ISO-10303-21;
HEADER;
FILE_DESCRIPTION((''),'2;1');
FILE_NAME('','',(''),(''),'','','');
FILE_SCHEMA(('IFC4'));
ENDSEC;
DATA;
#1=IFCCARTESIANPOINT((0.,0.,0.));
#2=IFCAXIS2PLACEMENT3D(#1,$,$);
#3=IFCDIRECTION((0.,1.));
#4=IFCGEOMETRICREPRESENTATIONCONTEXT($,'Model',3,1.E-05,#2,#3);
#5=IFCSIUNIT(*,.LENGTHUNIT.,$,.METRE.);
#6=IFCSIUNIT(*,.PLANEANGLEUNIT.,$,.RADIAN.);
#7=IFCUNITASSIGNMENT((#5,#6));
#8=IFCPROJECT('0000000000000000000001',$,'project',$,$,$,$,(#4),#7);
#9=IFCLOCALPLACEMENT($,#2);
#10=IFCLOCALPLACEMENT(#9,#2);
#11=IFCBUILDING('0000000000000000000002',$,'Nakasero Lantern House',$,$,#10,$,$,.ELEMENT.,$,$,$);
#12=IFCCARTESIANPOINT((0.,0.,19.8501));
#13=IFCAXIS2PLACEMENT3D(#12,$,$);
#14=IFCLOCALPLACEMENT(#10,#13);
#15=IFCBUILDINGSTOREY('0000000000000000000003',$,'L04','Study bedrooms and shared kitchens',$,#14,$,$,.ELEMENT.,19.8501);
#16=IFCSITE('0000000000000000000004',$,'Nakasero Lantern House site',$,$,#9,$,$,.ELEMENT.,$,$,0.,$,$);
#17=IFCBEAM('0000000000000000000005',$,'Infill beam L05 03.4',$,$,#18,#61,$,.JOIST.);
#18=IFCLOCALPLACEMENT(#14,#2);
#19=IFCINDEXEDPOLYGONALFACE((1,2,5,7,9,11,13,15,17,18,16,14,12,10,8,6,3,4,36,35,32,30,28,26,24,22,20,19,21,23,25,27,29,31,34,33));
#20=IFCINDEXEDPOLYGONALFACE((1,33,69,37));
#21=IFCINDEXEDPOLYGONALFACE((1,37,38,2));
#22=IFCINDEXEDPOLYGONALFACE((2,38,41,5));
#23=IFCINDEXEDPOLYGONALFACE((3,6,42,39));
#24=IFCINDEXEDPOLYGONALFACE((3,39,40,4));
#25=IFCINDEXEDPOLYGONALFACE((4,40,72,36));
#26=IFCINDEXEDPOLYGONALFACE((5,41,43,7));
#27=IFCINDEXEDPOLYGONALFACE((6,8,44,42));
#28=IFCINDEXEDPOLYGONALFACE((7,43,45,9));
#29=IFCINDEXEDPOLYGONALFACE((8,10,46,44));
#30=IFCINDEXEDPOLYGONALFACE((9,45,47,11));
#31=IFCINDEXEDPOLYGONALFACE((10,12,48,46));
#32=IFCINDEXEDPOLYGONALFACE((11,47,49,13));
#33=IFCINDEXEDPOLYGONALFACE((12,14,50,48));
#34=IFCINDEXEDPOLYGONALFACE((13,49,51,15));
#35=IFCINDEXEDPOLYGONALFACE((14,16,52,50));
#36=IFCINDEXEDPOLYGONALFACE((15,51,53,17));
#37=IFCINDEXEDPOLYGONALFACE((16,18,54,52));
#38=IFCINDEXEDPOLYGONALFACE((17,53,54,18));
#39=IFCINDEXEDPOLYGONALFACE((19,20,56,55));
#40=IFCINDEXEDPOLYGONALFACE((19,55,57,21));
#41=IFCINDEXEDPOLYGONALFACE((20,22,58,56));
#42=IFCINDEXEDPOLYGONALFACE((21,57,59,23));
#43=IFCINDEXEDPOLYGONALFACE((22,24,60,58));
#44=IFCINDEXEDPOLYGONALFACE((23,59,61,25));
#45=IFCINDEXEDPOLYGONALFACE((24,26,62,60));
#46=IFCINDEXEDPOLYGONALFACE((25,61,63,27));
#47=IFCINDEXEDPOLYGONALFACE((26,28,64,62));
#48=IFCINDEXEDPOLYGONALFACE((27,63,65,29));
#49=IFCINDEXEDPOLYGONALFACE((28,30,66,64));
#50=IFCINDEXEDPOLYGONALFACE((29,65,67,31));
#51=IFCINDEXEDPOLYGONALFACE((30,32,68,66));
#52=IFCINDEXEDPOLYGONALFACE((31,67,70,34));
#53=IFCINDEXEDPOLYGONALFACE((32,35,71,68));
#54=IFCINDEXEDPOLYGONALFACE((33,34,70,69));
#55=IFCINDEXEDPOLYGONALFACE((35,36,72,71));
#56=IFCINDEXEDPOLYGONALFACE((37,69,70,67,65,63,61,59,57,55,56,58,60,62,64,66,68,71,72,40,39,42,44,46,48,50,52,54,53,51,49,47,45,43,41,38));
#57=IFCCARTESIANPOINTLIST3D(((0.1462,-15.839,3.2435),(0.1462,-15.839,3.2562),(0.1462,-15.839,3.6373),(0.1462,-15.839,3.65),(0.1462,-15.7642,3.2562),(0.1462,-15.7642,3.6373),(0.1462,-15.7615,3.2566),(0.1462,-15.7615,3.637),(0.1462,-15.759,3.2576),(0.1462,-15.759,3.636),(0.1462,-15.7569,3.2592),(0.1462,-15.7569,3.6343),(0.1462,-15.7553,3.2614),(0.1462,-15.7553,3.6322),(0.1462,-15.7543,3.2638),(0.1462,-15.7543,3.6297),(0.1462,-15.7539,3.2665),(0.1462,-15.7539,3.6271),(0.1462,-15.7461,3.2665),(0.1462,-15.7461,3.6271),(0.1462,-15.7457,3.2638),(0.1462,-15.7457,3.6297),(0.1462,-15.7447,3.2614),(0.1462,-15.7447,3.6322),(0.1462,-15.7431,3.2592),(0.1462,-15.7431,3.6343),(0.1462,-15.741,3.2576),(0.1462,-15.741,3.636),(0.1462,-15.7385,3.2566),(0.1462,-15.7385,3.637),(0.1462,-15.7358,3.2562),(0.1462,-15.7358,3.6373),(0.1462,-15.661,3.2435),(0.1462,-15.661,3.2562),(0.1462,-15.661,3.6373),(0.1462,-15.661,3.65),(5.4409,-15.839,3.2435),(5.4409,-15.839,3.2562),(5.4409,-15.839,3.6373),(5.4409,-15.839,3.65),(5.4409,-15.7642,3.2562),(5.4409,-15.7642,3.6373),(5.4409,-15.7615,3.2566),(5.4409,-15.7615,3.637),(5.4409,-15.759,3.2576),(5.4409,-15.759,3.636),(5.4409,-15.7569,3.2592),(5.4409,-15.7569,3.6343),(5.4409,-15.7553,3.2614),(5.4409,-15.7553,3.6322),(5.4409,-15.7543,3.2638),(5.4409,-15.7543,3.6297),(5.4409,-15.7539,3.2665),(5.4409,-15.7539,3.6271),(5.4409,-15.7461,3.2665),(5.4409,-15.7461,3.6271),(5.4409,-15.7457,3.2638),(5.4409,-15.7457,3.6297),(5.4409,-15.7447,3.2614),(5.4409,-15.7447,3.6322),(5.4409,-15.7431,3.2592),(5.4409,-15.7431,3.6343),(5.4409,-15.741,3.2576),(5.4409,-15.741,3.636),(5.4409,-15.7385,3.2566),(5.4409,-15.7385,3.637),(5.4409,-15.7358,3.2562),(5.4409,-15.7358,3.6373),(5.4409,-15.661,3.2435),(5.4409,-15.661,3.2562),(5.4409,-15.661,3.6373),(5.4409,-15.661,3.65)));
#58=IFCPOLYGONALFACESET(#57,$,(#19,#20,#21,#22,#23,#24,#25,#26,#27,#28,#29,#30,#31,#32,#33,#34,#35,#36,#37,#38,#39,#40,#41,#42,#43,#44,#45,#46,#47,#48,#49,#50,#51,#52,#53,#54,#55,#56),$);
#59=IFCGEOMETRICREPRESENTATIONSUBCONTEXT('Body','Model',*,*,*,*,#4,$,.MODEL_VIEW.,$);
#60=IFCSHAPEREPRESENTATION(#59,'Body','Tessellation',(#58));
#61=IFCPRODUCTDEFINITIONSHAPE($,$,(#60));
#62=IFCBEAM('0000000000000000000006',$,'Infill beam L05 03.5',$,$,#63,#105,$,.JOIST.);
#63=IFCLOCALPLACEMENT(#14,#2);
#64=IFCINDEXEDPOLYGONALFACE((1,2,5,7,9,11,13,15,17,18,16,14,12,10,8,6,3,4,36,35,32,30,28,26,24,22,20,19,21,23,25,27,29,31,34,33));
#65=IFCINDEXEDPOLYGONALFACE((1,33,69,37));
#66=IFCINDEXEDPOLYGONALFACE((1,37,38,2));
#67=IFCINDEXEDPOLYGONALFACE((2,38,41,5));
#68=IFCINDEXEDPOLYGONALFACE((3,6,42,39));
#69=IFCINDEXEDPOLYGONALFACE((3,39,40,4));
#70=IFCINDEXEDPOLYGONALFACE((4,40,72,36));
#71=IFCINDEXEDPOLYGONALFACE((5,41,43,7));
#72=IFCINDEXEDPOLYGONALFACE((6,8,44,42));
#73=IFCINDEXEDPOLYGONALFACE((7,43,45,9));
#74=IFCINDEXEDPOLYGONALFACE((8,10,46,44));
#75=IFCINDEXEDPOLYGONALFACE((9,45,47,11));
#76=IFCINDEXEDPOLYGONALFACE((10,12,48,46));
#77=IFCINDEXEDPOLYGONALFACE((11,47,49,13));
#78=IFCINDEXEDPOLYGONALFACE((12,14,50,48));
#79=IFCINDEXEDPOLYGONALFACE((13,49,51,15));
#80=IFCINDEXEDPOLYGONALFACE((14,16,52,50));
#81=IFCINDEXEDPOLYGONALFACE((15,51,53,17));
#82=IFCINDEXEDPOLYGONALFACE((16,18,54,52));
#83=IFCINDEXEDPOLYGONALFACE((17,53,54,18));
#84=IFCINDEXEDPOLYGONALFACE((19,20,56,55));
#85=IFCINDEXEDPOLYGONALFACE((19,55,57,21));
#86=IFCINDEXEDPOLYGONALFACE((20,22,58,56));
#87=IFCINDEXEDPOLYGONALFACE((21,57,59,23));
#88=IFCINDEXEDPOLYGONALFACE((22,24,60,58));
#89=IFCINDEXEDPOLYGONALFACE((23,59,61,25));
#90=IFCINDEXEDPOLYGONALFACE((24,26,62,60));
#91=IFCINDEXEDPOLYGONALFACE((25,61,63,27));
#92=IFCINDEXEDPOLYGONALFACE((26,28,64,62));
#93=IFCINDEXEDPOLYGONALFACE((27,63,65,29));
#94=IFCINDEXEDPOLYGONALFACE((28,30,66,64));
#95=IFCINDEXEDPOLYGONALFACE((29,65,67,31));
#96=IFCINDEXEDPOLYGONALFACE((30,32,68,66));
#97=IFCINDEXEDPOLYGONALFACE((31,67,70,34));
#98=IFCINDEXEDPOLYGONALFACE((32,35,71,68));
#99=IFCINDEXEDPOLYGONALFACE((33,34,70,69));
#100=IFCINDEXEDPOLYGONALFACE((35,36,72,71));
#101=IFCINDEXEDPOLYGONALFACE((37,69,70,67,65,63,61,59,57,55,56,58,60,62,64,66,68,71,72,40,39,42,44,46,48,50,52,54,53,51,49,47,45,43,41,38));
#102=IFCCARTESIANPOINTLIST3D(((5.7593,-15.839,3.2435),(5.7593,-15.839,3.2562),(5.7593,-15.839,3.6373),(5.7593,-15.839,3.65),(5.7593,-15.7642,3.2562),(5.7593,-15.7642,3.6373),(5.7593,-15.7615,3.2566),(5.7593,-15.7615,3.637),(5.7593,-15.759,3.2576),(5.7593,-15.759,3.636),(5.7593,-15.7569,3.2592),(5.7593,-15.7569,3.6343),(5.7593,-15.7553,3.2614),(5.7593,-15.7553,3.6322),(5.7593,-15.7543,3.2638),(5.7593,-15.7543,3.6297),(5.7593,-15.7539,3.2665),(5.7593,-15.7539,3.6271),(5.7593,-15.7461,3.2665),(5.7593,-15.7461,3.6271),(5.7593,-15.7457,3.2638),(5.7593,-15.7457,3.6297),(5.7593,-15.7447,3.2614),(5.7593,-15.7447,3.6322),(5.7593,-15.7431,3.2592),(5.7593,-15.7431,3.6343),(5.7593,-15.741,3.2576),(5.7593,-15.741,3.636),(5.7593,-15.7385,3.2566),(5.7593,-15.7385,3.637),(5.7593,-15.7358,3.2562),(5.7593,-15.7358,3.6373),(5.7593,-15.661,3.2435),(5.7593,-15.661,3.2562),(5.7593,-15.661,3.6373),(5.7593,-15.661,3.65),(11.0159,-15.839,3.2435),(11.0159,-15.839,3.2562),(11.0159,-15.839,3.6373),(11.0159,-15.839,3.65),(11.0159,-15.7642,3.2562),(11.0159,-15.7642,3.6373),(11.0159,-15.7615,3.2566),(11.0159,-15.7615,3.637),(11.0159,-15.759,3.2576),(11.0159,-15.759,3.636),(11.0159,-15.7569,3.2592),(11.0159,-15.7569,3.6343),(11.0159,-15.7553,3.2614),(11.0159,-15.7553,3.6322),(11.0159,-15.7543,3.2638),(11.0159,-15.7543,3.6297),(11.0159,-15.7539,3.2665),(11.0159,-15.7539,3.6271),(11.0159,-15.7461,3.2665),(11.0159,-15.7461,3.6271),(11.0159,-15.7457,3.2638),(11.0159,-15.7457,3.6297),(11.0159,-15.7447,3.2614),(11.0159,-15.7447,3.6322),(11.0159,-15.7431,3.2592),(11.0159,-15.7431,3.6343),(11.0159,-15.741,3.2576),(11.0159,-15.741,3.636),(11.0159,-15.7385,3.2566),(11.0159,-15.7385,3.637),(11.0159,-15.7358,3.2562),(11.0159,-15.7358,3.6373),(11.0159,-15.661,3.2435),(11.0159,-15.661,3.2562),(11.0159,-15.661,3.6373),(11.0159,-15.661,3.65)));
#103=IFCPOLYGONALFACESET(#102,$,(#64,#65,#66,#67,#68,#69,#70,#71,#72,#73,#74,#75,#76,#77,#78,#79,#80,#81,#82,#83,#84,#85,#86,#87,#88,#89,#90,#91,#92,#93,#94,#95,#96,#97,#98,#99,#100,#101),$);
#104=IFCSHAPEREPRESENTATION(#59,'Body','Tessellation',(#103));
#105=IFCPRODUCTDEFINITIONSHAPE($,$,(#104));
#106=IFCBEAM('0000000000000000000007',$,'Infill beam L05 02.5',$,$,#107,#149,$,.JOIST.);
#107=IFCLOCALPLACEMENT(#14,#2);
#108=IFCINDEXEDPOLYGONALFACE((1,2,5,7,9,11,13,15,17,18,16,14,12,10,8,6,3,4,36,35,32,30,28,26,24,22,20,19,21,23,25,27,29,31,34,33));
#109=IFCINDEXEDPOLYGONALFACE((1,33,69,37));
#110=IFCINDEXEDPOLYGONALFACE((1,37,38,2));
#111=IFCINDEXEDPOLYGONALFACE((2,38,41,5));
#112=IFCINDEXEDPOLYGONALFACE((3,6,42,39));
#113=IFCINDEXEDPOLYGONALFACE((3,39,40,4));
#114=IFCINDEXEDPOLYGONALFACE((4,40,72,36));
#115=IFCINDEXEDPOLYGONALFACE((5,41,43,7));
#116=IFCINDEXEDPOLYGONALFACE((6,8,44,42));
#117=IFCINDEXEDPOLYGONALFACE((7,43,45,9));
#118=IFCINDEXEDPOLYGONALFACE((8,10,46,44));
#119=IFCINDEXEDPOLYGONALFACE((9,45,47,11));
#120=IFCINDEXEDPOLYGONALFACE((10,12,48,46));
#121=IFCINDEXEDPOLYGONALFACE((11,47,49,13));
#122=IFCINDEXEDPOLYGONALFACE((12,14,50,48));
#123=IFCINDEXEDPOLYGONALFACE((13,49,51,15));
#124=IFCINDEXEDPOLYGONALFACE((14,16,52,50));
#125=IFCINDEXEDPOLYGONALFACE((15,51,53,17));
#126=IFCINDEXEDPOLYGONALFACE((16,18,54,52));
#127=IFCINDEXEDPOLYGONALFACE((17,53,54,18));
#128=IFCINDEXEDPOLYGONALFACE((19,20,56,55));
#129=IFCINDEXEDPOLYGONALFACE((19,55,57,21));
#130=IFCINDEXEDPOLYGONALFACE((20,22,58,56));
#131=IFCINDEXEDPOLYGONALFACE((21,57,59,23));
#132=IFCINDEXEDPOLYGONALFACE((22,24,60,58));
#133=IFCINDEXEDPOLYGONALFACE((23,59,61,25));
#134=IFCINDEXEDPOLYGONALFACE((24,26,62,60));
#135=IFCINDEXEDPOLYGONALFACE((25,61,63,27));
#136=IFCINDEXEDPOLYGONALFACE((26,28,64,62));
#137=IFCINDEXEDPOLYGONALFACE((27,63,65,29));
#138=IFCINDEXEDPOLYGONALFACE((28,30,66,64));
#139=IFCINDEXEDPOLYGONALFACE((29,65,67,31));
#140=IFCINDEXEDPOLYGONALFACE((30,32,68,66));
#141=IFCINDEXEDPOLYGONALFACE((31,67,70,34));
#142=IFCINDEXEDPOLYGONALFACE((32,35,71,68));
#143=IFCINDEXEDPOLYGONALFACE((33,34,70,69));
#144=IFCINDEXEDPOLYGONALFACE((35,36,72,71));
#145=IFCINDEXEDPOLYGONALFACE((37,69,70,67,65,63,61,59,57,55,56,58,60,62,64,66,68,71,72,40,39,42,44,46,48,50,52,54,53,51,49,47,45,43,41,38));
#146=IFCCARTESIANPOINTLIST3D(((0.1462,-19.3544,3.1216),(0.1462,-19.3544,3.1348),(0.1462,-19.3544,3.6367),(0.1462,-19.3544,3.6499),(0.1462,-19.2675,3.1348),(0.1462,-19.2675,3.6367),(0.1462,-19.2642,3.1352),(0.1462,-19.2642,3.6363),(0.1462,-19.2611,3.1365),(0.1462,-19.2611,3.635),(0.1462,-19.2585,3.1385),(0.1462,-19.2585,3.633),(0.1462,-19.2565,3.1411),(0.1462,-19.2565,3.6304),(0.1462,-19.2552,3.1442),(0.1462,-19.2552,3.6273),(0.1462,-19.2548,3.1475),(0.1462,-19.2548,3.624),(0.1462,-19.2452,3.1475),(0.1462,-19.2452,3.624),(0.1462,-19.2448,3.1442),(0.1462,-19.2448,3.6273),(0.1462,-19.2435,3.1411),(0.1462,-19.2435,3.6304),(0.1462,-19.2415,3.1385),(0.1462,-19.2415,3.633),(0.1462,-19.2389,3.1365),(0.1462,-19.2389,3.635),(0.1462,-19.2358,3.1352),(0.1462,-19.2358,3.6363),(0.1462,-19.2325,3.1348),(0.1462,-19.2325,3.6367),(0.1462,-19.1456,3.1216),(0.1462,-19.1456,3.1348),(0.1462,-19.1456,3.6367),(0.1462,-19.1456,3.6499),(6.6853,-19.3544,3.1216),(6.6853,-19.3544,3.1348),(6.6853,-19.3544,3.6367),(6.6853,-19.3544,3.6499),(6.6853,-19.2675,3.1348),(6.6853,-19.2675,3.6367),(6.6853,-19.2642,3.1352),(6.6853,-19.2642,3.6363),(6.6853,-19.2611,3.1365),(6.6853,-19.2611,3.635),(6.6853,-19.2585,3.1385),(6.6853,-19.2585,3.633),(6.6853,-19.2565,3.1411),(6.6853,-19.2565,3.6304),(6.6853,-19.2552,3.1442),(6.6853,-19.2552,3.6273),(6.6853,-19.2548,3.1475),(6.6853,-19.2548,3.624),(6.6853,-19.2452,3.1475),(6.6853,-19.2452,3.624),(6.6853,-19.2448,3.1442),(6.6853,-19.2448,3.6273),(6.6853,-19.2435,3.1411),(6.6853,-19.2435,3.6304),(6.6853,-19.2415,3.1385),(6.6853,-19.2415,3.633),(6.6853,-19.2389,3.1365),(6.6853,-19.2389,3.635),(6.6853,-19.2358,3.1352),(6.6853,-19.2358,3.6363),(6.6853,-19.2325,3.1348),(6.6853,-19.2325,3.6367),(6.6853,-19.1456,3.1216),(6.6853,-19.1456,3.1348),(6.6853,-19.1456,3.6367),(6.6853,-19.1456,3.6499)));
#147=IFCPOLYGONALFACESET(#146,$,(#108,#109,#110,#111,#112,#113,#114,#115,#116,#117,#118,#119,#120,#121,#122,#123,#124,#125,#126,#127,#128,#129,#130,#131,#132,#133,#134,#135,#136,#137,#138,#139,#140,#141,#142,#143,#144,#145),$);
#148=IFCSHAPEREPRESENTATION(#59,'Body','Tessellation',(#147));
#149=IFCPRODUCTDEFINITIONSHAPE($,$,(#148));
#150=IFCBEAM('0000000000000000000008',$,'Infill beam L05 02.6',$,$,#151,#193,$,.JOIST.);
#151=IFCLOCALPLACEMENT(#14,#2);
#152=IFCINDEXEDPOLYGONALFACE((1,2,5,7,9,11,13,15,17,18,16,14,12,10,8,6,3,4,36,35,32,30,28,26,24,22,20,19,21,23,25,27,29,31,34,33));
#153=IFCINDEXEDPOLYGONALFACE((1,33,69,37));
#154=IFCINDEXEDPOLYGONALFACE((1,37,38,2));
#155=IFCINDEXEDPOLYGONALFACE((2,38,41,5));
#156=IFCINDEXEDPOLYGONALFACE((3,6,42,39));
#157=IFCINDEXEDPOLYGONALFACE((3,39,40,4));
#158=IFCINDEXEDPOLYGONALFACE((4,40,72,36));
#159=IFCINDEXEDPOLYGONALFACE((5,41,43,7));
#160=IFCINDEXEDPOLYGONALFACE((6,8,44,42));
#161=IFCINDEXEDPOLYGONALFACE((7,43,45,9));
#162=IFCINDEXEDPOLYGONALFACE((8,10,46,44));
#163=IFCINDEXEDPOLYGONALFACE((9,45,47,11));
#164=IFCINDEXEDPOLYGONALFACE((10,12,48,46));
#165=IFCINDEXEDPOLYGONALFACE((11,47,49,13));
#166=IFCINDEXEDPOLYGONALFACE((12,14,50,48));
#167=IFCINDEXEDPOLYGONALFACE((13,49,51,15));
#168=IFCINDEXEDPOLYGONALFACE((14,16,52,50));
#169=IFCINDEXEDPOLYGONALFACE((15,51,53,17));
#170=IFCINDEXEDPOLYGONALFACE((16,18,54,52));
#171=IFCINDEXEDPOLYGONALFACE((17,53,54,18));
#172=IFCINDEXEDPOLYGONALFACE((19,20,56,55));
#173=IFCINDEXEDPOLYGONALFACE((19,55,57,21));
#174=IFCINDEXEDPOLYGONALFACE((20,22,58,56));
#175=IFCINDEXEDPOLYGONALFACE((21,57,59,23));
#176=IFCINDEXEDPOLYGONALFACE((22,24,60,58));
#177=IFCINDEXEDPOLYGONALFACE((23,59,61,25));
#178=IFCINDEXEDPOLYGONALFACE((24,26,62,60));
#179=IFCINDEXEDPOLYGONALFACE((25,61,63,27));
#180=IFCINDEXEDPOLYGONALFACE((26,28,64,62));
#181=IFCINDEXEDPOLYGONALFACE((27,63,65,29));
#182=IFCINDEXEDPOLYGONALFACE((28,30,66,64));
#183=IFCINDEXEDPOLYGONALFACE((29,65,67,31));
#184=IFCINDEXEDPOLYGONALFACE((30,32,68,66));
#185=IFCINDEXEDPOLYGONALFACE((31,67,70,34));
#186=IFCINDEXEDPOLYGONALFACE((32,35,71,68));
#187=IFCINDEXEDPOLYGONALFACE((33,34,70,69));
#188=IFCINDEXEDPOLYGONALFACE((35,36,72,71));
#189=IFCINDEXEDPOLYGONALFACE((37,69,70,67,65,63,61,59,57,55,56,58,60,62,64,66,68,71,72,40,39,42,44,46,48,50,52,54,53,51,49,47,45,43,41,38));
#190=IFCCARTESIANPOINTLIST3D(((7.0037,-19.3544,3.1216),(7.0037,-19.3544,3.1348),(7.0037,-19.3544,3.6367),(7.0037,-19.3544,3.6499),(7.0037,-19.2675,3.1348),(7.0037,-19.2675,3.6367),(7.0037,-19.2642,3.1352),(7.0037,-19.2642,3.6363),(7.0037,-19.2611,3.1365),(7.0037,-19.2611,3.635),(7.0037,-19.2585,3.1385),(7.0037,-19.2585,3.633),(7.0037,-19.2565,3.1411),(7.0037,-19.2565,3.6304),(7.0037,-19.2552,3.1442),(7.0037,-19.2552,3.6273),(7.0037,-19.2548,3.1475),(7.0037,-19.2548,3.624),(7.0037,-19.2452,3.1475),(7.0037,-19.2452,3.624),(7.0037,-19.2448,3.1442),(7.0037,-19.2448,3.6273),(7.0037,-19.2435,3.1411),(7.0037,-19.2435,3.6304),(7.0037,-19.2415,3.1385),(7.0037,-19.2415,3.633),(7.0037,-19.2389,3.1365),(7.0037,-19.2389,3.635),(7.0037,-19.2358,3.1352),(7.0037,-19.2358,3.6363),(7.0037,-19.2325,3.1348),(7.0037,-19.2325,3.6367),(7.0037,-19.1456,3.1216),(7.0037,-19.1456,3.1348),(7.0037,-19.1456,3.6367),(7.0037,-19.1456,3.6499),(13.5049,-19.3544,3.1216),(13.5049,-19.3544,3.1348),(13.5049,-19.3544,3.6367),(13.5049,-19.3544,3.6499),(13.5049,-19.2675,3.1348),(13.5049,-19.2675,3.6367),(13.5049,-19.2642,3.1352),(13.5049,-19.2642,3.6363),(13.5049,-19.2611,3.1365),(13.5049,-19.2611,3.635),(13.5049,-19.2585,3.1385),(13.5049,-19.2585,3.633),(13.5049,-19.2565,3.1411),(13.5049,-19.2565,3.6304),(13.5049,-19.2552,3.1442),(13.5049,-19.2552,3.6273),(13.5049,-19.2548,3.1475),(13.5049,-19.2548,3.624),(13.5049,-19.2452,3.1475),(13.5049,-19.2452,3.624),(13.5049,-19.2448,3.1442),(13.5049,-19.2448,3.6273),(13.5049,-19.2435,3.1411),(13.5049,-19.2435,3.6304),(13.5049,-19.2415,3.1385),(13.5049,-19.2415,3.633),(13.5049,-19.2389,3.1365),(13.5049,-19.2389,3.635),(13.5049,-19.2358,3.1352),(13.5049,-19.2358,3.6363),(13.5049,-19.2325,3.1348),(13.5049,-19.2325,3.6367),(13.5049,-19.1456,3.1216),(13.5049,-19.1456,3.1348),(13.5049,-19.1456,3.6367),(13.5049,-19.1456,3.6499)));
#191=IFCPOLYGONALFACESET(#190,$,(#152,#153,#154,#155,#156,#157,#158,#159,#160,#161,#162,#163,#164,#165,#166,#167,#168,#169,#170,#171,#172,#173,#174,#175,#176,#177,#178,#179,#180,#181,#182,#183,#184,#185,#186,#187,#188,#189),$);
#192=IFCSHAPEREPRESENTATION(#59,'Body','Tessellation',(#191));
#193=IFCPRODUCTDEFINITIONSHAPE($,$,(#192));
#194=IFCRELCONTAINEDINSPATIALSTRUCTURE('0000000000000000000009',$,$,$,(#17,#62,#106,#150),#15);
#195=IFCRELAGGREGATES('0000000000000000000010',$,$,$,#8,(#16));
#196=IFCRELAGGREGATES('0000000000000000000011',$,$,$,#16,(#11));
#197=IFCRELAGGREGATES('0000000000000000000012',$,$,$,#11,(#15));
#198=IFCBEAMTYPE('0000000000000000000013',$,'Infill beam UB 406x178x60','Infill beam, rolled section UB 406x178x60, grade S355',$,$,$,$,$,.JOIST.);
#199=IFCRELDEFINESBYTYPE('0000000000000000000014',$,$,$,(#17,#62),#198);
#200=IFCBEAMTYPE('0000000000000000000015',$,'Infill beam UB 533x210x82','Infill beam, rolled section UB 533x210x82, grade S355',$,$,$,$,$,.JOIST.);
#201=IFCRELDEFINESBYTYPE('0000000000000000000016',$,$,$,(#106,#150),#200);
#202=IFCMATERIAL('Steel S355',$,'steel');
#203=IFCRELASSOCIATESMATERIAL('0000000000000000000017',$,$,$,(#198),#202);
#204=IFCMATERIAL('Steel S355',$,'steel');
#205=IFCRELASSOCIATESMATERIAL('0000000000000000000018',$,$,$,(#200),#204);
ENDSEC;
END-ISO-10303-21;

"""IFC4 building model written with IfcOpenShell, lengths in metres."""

from ifc_helpers import new_model, si_unit, direction, frame, origin, origin_2d, place, context, subcontext, project, spatial, i_section, extrude, material, material_profile, profile_set, type_object, element, save


model = new_model("IFC4")

# Units and contexts
model_context = context("Model", 3, precision=1e-05, world=origin(), true_north=direction((0.0, 1.0)))
body_context = subcontext(model_context, "Body", "Model", "MODEL_VIEW")
ifc_project = project(units=[si_unit("LENGTHUNIT", "METRE"), si_unit("PLANEANGLEUNIT", "RADIAN")], contexts=[model_context])

# Site, building, storey
site_placement = place(None, origin())
site = spatial("IfcSite", under=ifc_project, at=site_placement, Name="Nakasero Lantern House site", CompositionType="ELEMENT", RefElevation=0.0)
building_placement = place(site_placement, origin())
building = spatial("IfcBuilding", under=site, at=building_placement, Name="Nakasero Lantern House", CompositionType="ELEMENT")
storey_placement = place(building_placement, frame((0.0, 0.0, 19.8501)))
storey = spatial("IfcBuildingStorey", under=building, at=storey_placement, Name="L04", Description="Study bedrooms and shared kitchens", CompositionType="ELEMENT", Elevation=19.8501)

# Beams
ifc_material_1 = material(Name="Steel S355", Category="steel")
ifc_material_profile_1 = material_profile(ifc_material_1, i_section(OverallWidth=0.178, OverallDepth=0.4065, WebThickness=0.0078, FlangeThickness=0.0127, FilletRadius=0.0103, at=origin_2d()), Name="UB 406x178x60")
ifc_profile_set_1 = profile_set([ifc_material_profile_1], Name="Steel S355")
beam_type_1 = type_object("IfcBeamType", Name="Infill beam UB 406x178x60", Description="Infill beam, rolled section UB 406x178x60, grade S355", PredefinedType="JOIST", material=ifc_profile_set_1)
beam_1_placement = place(storey_placement, frame((0.1462, -15.75, 3.4468), z_axis=(1.0, 0.0, 0.0), x_axis=(0.0, 1.0, 0.0)))
element("IfcBeam", 1, at=beam_1_placement, inside=storey, type_object=beam_type_1, Name="Infill beam L05 03.4", PredefinedType="JOIST", context=body_context, shape_type="SweptSolid", body=[
    extrude(i_section(OverallWidth=0.178, OverallDepth=0.4065, WebThickness=0.0078, FlangeThickness=0.0127, FilletRadius=0.0103, at=origin_2d()), origin(), (0.0, 0.0, 1.0), 5.2947),
])
beam_2_placement = place(storey_placement, frame((5.7593, -15.75, 3.4468), z_axis=(1.0, 0.0, 0.0), x_axis=(0.0, 1.0, 0.0)))
element("IfcBeam", 2, at=beam_2_placement, inside=storey, type_object=beam_type_1, Name="Infill beam L05 03.5", PredefinedType="JOIST", context=body_context, shape_type="SweptSolid", body=[
    extrude(i_section(OverallWidth=0.178, OverallDepth=0.4065, WebThickness=0.0078, FlangeThickness=0.0127, FilletRadius=0.0103, at=origin_2d()), origin(), (0.0, 0.0, 1.0), 5.2566),
])
ifc_material_2 = material(Name="Steel S355", Category="steel")
ifc_material_profile_2 = material_profile(ifc_material_2, i_section(OverallWidth=0.2087, OverallDepth=0.5283, WebThickness=0.0095, FlangeThickness=0.0132, FilletRadius=0.0127, at=origin_2d()), Name="UB 533x210x82")
ifc_profile_set_2 = profile_set([ifc_material_profile_2], Name="Steel S355")
beam_type_2 = type_object("IfcBeamType", Name="Infill beam UB 533x210x82", Description="Infill beam, rolled section UB 533x210x82, grade S355", PredefinedType="JOIST", material=ifc_profile_set_2)
beam_3_placement = place(storey_placement, frame((0.1462, -19.25, 3.3857), z_axis=(1.0, 0.0, 0.0), x_axis=(0.0, 1.0, 0.0)))
element("IfcBeam", 3, at=beam_3_placement, inside=storey, type_object=beam_type_2, Name="Infill beam L05 02.5", PredefinedType="JOIST", context=body_context, shape_type="SweptSolid", body=[
    extrude(i_section(OverallWidth=0.2087, OverallDepth=0.5283, WebThickness=0.0095, FlangeThickness=0.0132, FilletRadius=0.0127, at=origin_2d()), origin(), (0.0, 0.0, 1.0), 6.5391),
])
beam_4_placement = place(storey_placement, frame((7.0037, -19.25, 3.3857), z_axis=(1.0, 0.0, 0.0), x_axis=(0.0, 1.0, 0.0)))
element("IfcBeam", 4, at=beam_4_placement, inside=storey, type_object=beam_type_2, Name="Infill beam L05 02.6", PredefinedType="JOIST", context=body_context, shape_type="SweptSolid", body=[
    extrude(i_section(OverallWidth=0.2087, OverallDepth=0.5283, WebThickness=0.0095, FlangeThickness=0.0132, FilletRadius=0.0127, at=origin_2d()), origin(), (0.0, 0.0, 1.0), 6.5012),
])

save(model, "model.ifc")
